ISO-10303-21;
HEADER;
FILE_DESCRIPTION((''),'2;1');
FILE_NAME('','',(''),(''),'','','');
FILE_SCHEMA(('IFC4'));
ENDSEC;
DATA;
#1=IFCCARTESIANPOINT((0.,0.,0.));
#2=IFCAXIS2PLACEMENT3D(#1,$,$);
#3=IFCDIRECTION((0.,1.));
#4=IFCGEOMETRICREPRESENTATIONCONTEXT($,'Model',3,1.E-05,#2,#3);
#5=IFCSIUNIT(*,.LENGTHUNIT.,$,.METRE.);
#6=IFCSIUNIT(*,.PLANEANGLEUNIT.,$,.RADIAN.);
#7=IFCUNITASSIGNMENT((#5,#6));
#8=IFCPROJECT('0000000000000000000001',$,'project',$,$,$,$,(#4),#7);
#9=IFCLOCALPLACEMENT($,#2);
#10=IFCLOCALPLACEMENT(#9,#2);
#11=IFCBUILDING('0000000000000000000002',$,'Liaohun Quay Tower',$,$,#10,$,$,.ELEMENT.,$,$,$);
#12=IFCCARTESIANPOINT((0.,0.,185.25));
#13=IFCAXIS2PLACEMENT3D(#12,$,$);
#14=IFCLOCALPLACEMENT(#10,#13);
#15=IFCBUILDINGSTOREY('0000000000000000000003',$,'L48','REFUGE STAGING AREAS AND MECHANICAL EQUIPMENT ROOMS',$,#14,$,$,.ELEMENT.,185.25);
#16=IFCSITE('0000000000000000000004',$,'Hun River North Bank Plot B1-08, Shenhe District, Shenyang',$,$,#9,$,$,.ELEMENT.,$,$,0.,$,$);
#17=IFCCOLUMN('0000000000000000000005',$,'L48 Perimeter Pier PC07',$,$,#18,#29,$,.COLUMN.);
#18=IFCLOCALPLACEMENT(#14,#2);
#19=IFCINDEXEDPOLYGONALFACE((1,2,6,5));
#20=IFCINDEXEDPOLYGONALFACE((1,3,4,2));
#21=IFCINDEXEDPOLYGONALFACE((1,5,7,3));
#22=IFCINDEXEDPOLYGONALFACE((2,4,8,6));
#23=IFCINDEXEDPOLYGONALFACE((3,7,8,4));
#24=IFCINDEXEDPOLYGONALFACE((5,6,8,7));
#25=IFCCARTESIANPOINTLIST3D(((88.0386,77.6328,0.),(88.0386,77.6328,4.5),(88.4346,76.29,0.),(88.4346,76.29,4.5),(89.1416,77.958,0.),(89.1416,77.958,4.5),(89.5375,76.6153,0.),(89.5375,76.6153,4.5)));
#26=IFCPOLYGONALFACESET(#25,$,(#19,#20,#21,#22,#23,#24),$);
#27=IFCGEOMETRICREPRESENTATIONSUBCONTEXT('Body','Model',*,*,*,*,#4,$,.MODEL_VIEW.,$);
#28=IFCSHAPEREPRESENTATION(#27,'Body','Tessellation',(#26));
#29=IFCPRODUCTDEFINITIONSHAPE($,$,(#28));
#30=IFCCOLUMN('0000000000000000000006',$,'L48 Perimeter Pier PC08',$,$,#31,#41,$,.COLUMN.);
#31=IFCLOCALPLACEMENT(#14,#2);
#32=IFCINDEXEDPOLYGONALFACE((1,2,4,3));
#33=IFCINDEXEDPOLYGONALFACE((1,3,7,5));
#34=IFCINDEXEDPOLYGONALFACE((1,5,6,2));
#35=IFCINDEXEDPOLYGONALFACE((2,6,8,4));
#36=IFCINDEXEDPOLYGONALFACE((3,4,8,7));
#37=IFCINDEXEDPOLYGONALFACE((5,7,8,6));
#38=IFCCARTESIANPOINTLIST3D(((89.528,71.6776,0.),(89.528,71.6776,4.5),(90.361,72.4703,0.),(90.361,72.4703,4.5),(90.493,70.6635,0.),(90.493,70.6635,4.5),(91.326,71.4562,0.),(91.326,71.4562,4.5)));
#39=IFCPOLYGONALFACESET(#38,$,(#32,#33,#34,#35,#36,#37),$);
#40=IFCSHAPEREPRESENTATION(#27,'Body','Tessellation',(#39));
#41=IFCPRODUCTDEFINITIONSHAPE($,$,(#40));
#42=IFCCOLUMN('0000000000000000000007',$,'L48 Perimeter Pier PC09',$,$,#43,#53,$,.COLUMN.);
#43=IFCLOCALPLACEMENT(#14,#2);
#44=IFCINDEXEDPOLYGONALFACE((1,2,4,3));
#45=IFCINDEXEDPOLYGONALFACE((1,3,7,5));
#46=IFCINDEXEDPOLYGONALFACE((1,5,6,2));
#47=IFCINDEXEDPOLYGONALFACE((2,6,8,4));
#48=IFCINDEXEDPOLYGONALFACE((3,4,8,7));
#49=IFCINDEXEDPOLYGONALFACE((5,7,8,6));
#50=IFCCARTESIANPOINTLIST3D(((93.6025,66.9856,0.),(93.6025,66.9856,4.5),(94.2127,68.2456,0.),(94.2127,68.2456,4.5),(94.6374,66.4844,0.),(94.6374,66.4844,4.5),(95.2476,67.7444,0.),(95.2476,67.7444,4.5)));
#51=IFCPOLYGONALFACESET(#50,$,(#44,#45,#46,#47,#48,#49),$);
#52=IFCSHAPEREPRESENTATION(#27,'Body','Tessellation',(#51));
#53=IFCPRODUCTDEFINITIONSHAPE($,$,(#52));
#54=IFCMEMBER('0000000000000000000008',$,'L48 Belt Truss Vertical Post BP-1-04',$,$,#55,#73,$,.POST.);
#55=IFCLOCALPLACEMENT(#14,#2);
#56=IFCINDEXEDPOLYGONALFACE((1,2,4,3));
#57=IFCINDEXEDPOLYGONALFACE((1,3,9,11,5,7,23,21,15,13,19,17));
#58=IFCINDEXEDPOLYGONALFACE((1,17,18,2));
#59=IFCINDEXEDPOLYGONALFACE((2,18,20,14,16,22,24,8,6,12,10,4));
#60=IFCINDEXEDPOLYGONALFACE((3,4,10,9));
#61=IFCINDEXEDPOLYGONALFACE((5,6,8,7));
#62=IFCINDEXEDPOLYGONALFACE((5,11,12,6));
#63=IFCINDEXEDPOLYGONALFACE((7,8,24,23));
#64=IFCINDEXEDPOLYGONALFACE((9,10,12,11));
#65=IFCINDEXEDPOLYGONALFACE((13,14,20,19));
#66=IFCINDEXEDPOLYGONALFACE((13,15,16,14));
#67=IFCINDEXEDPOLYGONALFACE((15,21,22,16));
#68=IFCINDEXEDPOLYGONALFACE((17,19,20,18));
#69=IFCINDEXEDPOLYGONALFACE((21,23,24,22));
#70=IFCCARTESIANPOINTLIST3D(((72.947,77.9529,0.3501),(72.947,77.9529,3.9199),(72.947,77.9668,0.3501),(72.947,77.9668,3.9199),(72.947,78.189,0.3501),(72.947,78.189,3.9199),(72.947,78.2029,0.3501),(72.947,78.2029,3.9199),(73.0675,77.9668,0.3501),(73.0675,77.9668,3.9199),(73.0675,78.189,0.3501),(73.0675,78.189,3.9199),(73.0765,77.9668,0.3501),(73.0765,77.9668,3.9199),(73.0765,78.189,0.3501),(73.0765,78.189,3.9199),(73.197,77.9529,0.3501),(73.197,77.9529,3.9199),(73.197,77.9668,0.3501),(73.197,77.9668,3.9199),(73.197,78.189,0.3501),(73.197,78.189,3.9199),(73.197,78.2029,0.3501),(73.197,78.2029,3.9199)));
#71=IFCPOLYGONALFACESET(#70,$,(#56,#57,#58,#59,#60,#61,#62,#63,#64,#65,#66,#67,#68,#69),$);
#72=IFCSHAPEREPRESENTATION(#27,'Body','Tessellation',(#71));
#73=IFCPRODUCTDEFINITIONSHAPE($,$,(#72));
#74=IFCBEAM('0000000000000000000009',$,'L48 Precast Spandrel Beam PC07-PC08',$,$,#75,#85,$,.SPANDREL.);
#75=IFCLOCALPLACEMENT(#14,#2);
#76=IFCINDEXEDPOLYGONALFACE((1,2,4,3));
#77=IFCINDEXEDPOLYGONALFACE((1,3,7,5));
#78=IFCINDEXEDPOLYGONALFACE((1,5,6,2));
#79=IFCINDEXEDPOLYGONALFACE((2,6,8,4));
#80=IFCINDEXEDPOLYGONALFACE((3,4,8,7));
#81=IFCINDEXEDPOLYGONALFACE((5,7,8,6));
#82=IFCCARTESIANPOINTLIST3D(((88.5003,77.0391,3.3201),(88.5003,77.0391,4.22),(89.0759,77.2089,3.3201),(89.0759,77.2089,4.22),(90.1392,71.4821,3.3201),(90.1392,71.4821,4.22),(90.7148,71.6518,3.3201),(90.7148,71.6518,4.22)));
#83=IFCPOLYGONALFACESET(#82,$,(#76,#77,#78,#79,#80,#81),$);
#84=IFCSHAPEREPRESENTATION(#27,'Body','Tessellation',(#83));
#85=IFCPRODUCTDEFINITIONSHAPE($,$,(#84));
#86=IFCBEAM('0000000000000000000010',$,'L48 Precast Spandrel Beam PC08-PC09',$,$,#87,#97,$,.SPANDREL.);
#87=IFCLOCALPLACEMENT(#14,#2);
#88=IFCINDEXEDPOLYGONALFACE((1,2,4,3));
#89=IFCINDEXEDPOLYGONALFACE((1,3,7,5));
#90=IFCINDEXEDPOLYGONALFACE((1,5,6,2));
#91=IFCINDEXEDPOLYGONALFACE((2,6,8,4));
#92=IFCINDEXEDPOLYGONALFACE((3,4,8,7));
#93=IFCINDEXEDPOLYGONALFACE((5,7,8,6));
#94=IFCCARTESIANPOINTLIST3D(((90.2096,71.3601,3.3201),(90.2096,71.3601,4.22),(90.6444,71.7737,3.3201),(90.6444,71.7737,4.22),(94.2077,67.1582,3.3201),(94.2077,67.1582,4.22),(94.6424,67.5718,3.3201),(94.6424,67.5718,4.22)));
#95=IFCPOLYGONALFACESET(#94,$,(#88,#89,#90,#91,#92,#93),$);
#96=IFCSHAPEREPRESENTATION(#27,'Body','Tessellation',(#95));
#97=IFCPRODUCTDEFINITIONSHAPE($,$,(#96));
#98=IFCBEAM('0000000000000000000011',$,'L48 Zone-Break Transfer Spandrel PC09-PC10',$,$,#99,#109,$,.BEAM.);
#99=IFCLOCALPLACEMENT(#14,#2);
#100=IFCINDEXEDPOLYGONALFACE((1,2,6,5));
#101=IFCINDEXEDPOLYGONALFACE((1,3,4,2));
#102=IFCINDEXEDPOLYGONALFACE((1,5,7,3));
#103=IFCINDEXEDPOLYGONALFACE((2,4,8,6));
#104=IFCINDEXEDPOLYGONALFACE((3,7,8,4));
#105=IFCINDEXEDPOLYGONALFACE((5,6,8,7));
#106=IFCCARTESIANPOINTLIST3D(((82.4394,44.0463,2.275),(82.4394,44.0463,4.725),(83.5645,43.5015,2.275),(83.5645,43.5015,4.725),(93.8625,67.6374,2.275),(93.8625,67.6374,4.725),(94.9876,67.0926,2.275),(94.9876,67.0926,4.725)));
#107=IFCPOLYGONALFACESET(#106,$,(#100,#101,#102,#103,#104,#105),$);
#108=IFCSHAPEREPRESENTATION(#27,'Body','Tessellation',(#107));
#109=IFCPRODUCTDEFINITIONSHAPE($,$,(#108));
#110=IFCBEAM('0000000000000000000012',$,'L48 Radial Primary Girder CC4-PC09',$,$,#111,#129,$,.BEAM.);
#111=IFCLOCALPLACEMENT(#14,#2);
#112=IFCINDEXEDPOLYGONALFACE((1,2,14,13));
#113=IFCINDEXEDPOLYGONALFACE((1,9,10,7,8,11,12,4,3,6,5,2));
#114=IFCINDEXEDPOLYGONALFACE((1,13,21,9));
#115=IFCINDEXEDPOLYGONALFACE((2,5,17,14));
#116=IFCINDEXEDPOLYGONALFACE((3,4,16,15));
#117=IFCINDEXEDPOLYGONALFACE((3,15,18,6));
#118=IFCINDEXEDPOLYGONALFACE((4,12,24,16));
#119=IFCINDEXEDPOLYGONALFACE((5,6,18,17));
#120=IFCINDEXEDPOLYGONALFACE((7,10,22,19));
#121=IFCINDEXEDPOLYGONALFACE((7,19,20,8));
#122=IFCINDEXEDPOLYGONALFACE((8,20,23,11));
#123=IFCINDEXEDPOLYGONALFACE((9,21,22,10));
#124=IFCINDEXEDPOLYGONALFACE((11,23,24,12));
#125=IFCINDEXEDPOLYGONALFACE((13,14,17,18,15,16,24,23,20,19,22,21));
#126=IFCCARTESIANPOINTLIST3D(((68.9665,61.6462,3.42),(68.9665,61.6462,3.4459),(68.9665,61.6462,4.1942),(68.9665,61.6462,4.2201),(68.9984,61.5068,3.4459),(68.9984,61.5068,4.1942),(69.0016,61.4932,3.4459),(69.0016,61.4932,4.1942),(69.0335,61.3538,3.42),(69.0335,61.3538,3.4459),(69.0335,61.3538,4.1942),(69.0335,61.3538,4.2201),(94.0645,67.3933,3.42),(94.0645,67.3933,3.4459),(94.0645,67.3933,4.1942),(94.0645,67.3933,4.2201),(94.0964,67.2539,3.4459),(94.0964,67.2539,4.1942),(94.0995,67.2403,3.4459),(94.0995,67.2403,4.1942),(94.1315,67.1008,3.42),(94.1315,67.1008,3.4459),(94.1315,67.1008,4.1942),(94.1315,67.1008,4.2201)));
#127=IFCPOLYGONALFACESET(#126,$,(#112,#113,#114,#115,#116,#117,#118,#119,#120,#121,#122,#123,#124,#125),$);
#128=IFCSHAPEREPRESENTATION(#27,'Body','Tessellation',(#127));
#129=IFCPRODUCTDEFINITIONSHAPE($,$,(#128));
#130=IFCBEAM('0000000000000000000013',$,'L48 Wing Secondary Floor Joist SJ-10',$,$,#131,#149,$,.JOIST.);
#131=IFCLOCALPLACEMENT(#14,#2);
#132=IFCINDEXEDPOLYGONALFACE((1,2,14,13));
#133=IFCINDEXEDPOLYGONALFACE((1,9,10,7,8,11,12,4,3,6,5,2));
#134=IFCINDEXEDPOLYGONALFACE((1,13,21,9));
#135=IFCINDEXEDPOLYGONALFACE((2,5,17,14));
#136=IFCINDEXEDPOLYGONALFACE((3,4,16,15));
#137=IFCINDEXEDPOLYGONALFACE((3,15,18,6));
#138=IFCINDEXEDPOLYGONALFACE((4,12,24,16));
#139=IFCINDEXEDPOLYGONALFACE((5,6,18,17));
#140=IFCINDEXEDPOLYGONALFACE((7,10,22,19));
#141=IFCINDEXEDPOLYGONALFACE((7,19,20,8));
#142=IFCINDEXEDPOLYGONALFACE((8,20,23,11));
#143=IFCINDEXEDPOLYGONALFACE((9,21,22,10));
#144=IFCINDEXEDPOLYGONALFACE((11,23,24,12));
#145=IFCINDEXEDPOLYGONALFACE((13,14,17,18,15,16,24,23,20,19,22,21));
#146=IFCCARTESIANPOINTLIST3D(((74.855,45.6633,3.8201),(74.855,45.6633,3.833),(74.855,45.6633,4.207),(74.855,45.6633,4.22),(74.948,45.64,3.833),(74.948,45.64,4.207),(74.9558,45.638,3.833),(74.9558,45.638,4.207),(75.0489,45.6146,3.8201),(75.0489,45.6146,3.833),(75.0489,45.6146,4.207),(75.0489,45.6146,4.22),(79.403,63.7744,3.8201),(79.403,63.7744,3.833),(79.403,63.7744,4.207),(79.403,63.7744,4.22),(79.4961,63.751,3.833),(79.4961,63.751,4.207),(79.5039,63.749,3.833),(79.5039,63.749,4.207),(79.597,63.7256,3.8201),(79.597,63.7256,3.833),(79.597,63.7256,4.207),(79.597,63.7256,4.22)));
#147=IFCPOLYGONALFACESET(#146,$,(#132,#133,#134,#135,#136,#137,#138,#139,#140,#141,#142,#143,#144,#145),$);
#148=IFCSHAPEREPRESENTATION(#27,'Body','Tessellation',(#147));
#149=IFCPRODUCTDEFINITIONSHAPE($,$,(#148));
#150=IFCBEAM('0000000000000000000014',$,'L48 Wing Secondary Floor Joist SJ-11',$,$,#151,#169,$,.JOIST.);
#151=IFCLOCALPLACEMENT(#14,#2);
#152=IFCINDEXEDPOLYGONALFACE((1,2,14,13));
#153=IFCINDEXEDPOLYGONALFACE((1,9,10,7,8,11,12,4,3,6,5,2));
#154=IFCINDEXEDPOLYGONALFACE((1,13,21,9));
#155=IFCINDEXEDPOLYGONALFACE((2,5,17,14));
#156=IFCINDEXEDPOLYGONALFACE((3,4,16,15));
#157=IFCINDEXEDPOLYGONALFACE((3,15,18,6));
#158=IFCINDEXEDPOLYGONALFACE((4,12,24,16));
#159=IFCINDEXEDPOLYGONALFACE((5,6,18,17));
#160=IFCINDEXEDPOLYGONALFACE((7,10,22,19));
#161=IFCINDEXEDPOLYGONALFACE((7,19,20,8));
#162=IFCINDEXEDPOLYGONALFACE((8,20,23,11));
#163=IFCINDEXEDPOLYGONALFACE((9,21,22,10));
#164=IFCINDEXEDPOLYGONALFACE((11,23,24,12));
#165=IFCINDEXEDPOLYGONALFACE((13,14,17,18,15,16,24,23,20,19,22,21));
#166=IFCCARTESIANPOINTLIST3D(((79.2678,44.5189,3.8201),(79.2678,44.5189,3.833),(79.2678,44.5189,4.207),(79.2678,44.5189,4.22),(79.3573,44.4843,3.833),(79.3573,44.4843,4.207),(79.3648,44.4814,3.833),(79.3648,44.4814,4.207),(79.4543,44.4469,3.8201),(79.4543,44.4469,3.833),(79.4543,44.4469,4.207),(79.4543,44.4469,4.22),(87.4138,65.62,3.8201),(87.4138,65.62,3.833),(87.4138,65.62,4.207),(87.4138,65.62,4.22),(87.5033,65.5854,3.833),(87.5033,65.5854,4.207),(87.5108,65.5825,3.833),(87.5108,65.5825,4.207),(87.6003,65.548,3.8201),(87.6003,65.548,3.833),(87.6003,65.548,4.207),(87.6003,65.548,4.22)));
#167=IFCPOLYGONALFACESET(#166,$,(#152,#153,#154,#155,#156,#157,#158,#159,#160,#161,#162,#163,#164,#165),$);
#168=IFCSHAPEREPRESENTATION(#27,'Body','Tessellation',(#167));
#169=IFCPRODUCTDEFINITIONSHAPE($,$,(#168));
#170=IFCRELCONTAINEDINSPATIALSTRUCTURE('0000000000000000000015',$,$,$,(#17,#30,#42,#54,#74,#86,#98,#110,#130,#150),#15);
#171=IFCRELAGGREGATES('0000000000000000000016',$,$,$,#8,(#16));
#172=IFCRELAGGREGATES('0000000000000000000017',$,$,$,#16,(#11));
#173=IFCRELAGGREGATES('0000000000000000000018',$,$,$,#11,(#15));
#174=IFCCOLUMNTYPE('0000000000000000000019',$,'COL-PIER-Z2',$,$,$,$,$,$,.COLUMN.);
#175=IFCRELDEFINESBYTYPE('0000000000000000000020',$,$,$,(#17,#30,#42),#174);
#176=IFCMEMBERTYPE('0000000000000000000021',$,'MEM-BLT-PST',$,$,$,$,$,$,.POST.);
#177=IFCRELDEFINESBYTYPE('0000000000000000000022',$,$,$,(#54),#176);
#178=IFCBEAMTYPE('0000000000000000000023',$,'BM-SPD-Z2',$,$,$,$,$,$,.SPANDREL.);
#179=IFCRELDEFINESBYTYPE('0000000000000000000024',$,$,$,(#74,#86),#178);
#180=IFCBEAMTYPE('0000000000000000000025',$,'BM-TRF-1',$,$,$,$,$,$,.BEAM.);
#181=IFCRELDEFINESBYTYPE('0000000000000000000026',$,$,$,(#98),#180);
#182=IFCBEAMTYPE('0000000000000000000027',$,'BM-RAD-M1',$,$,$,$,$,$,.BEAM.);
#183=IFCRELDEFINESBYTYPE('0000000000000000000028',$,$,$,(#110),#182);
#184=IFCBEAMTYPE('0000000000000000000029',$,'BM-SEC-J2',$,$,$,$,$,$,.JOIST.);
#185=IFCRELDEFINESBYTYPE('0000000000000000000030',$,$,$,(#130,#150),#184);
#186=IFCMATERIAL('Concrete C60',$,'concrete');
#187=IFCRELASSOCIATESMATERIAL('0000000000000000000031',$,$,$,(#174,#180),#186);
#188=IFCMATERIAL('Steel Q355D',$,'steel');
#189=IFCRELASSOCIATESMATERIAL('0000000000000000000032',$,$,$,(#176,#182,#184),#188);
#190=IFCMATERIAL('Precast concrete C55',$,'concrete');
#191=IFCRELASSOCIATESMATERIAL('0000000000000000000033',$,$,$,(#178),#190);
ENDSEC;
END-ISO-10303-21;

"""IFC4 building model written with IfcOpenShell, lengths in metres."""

from ifc_helpers import new_model, si_unit, direction, frame, origin, origin_2d, place, context, subcontext, project, spatial, rectangle, i_section, extrude, source, transform, mapped, material, material_profile, profile_set, type_object, element, save


model = new_model("IFC4")

# Units and contexts
model_context = context("Model", 3, precision=1e-05, world=origin(), true_north=direction((0.0, 1.0)))
body_context = subcontext(model_context, "Body", "Model", "MODEL_VIEW")
ifc_project = project(units=[si_unit("LENGTHUNIT", "METRE"), si_unit("PLANEANGLEUNIT", "RADIAN")], contexts=[model_context])

# Site, building, storey
site_placement = place(None, origin())
site = spatial("IfcSite", under=ifc_project, at=site_placement, Name="Hun River North Bank Plot B1-08, Shenhe District, Shenyang", CompositionType="ELEMENT", RefElevation=0.0)
building_placement = place(site_placement, origin())
building = spatial("IfcBuilding", under=site, at=building_placement, Name="Liaohun Quay Tower", CompositionType="ELEMENT")
storey_placement = place(building_placement, frame((0.0, 0.0, 185.25)))
storey = spatial("IfcBuildingStorey", under=building, at=storey_placement, Name="L48", Description="REFUGE STAGING AREAS AND MECHANICAL EQUIPMENT ROOMS", CompositionType="ELEMENT", Elevation=185.25)

# Columns
ifc_material_1 = material(Name="Concrete C60", Category="concrete")
ifc_material_profile_1 = material_profile(ifc_material_1, rectangle(XDim=1.3999, YDim=1.1499, at=origin_2d()), Name="RC1400x1150")
ifc_profile_set_1 = profile_set([ifc_material_profile_1], Name="Concrete C60")
column_type = type_object("IfcColumnType", Name="COL-PIER-Z2", PredefinedType="COLUMN", material=ifc_profile_set_1)
shared_shape_1 = source(origin(), body_context, "Body", "SweptSolid", [
    extrude(rectangle(XDim=1.3999, YDim=1.1499, at=origin_2d()), origin(), (0.0, 0.0, 1.0), 4.5),
])
for number, where, z_axis, x_axis, name in (
    (1, (88.7881, 77.124, 0.0), (0.0, 0.0, 1.0), (-0.282844, 0.959166, 0.0), "L48 Perimeter Pier PC07"),
    (2, (90.427, 71.5669, 0.0), (0.0, 0.0, 1.0), (-0.689367, 0.724413, 0.0), "L48 Perimeter Pier PC08"),
    (3, (94.425, 67.365, 0.0), (0.0, 0.0, 1.0), (0.43586, 0.900015, 0.0), "L48 Perimeter Pier PC09"),
):
    element("IfcColumn", number, at=place(storey_placement, frame(where, z_axis=z_axis, x_axis=x_axis)), inside=storey, type_object=column_type, Name=name, PredefinedType="COLUMN", context=body_context, shape_type="MappedRepresentation", body=[
        mapped(shared_shape_1, transform((0.0, 0.0, 0.0), x_axis=(1.0, 0.0, 0.0), y_axis=(0.0, 1.0, 0.0), z_axis=(0.0, 0.0, 1.0), scale=1.0)),
    ])

# Member
ifc_material_2 = material(Name="Steel Q355D", Category="steel")
ifc_material_profile_2 = material_profile(ifc_material_2, i_section(OverallWidth=0.25, OverallDepth=0.25, WebThickness=0.009, FlangeThickness=0.0139, at=origin_2d()), Name="HW250x250x9x14")
ifc_profile_set_2 = profile_set([ifc_material_profile_2], Name="Steel Q355D")
member_type_1 = type_object("IfcMemberType", Name="MEM-BLT-PST", PredefinedType="POST", material=ifc_profile_set_2)
shared_shape_2 = source(origin(), body_context, "Body", "SweptSolid", [
    extrude(i_section(OverallWidth=0.25, OverallDepth=0.25, WebThickness=0.009, FlangeThickness=0.0139, at=origin_2d()), origin(), (0.0, 0.0, 1.0), 3.5698),
])
member_1_placement = place(storey_placement, frame((73.072, 78.0779, 0.3501), z_axis=(0.0, 0.0, 1.0), x_axis=(1.0, 0.0, 0.0)))
element("IfcMember", 4, at=member_1_placement, inside=storey, type_object=member_type_1, Name="L48 Belt Truss Vertical Post BP-1-04", PredefinedType="POST", context=body_context, shape_type="MappedRepresentation", body=[
    mapped(shared_shape_2, transform((0.0, 0.0, 0.0), x_axis=(1.0, 0.0, 0.0), y_axis=(0.0, 1.0, 0.0), z_axis=(0.0, 0.0, 1.0), scale=1.0)),
])

# Beams
ifc_material_3 = material(Name="Precast concrete C55", Category="concrete")
ifc_material_profile_3 = material_profile(ifc_material_3, rectangle(XDim=0.6001, YDim=0.8999, at=origin_2d()), Name="RC600x900")
ifc_profile_set_3 = profile_set([ifc_material_profile_3], Name="Precast concrete C55")
beam_type_1 = type_object("IfcBeamType", Name="BM-SPD-Z2", PredefinedType="SPANDREL", material=ifc_profile_set_3)
shared_shape_3 = source(origin(), body_context, "Body", "SweptSolid", [
    extrude(rectangle(XDim=0.6001, YDim=0.8999, at=origin_2d()), origin(), (0.0, 0.0, 1.0), 5.7937),
])
beam_1_placement = place(storey_placement, frame((88.7881, 77.124, 3.77), z_axis=(0.282876, -0.959157, 0.0), x_axis=(0.959157, 0.282876, 0.0)))
element("IfcBeam", 5, at=beam_1_placement, inside=storey, type_object=beam_type_1, Name="L48 Precast Spandrel Beam PC07-PC08", PredefinedType="SPANDREL", context=body_context, shape_type="MappedRepresentation", body=[
    mapped(shared_shape_3, transform((0.0, 0.0, 0.0), x_axis=(1.0, 0.0, 0.0), y_axis=(0.0, 1.0, 0.0), z_axis=(0.0, 0.0, 1.0), scale=1.0)),
])
shared_shape_4 = source(origin(), body_context, "Body", "SweptSolid", [
    extrude(rectangle(XDim=0.6001, YDim=0.8999, at=origin_2d()), origin(), (0.0, 0.0, 1.0), 5.8),
])
beam_2_placement = place(storey_placement, frame((90.427, 71.5669, 3.77), z_axis=(0.689315, -0.724462, 0.0), x_axis=(0.724462, 0.689315, 0.0)))
element("IfcBeam", 6, at=beam_2_placement, inside=storey, type_object=beam_type_1, Name="L48 Precast Spandrel Beam PC08-PC09", PredefinedType="SPANDREL", context=body_context, shape_type="MappedRepresentation", body=[
    mapped(shared_shape_4, transform((0.0, 0.0, 0.0), x_axis=(1.0, 0.0, 0.0), y_axis=(0.0, 1.0, 0.0), z_axis=(0.0, 0.0, 1.0), scale=1.0)),
])
ifc_material_profile_4 = material_profile(ifc_material_1, rectangle(XDim=1.25, YDim=2.45, at=origin_2d()), Name="RC1250x2450")
ifc_profile_set_4 = profile_set([ifc_material_profile_4], Name="Concrete C60")
beam_type_2 = type_object("IfcBeamType", Name="BM-TRF-1", PredefinedType="BEAM", material=ifc_profile_set_4)
shared_shape_5 = source(origin(), body_context, "Body", "SweptSolid", [
    extrude(rectangle(XDim=1.25, YDim=2.45, at=origin_2d()), origin(), (0.0, 0.0, 1.0), 26.2112),
])
beam_3_placement = place(storey_placement, frame((94.425, 67.365, 3.5), z_axis=(-0.43581, -0.900039, 0.0), x_axis=(0.900039, -0.43581, 0.0)))
element("IfcBeam", 7, at=beam_3_placement, inside=storey, type_object=beam_type_2, Name="L48 Zone-Break Transfer Spandrel PC09-PC10", PredefinedType="BEAM", context=body_context, shape_type="MappedRepresentation", body=[
    mapped(shared_shape_5, transform((0.0, 0.0, 0.0), x_axis=(1.0, 0.0, 0.0), y_axis=(0.0, 1.0, 0.0), z_axis=(0.0, 0.0, 1.0), scale=1.0)),
])
ifc_material_profile_5 = material_profile(ifc_material_2, i_section(OverallWidth=0.3, OverallDepth=0.8, WebThickness=0.0139, FlangeThickness=0.0259, at=origin_2d()), Name="HN800x300x14x26")
ifc_profile_set_5 = profile_set([ifc_material_profile_5], Name="Steel Q355D")
beam_type_3 = type_object("IfcBeamType", Name="BM-RAD-M1", PredefinedType="BEAM", material=ifc_profile_set_5)
shared_shape_6 = source(origin(), body_context, "Body", "SweptSolid", [
    extrude(i_section(OverallWidth=0.3, OverallDepth=0.8, WebThickness=0.0139, FlangeThickness=0.0259, at=origin_2d()), origin(), (0.0, 0.0, 1.0), 25.7476),
])
beam_4_placement = place(storey_placement, frame((69.0, 61.5, 3.8201), z_axis=(0.974771, 0.223209, 0.0), x_axis=(-0.223209, 0.974771, 0.0)))
element("IfcBeam", 8, at=beam_4_placement, inside=storey, type_object=beam_type_3, Name="L48 Radial Primary Girder CC4-PC09", PredefinedType="BEAM", context=body_context, shape_type="MappedRepresentation", body=[
    mapped(shared_shape_6, transform((0.0, 0.0, 0.0), x_axis=(1.0, 0.0, 0.0), y_axis=(0.0, 1.0, 0.0), z_axis=(0.0, 0.0, 1.0), scale=1.0)),
])
ifc_material_profile_6 = material_profile(ifc_material_2, i_section(OverallWidth=0.2, OverallDepth=0.3999, WebThickness=0.0081, FlangeThickness=0.0129, at=origin_2d()), Name="HN400x200x8x13")
ifc_profile_set_6 = profile_set([ifc_material_profile_6], Name="Steel Q355D")
beam_type_4 = type_object("IfcBeamType", Name="BM-SEC-J2", PredefinedType="JOIST", material=ifc_profile_set_6)
shared_shape_7 = source(origin(), body_context, "Body", "SweptSolid", [
    extrude(i_section(OverallWidth=0.2, OverallDepth=0.3999, WebThickness=0.0081, FlangeThickness=0.0129, at=origin_2d()), origin(), (0.0, 0.0, 1.0), 18.6733),
])
beam_5_placement = place(storey_placement, frame((79.5, 63.75, 4.02), z_axis=(-0.24356, -0.969886, 0.0), x_axis=(0.969886, -0.24356, 0.0)))
element("IfcBeam", 9, at=beam_5_placement, inside=storey, type_object=beam_type_4, Name="L48 Wing Secondary Floor Joist SJ-10", PredefinedType="JOIST", context=body_context, shape_type="MappedRepresentation", body=[
    mapped(shared_shape_7, transform((0.0, 0.0, 0.0), x_axis=(1.0, 0.0, 0.0), y_axis=(0.0, 1.0, 0.0), z_axis=(0.0, 0.0, 1.0), scale=1.0)),
])
shared_shape_8 = source(origin(), body_context, "Body", "SweptSolid", [
    extrude(i_section(OverallWidth=0.2, OverallDepth=0.3999, WebThickness=0.0081, FlangeThickness=0.0129, at=origin_2d()), origin(), (0.0, 0.0, 1.0), 22.6189),
])
beam_6_placement = place(storey_placement, frame((87.5071, 65.584, 4.02), z_axis=(-0.360142, -0.932898, 0.0), x_axis=(0.932898, -0.360142, 0.0)))
element("IfcBeam", 10, at=beam_6_placement, inside=storey, type_object=beam_type_4, Name="L48 Wing Secondary Floor Joist SJ-11", PredefinedType="JOIST", context=body_context, shape_type="MappedRepresentation", body=[
    mapped(shared_shape_8, transform((0.0, 0.0, 0.0), x_axis=(1.0, 0.0, 0.0), y_axis=(0.0, 1.0, 0.0), z_axis=(0.0, 0.0, 1.0), scale=1.0)),
])

save(model, "model.ifc")
